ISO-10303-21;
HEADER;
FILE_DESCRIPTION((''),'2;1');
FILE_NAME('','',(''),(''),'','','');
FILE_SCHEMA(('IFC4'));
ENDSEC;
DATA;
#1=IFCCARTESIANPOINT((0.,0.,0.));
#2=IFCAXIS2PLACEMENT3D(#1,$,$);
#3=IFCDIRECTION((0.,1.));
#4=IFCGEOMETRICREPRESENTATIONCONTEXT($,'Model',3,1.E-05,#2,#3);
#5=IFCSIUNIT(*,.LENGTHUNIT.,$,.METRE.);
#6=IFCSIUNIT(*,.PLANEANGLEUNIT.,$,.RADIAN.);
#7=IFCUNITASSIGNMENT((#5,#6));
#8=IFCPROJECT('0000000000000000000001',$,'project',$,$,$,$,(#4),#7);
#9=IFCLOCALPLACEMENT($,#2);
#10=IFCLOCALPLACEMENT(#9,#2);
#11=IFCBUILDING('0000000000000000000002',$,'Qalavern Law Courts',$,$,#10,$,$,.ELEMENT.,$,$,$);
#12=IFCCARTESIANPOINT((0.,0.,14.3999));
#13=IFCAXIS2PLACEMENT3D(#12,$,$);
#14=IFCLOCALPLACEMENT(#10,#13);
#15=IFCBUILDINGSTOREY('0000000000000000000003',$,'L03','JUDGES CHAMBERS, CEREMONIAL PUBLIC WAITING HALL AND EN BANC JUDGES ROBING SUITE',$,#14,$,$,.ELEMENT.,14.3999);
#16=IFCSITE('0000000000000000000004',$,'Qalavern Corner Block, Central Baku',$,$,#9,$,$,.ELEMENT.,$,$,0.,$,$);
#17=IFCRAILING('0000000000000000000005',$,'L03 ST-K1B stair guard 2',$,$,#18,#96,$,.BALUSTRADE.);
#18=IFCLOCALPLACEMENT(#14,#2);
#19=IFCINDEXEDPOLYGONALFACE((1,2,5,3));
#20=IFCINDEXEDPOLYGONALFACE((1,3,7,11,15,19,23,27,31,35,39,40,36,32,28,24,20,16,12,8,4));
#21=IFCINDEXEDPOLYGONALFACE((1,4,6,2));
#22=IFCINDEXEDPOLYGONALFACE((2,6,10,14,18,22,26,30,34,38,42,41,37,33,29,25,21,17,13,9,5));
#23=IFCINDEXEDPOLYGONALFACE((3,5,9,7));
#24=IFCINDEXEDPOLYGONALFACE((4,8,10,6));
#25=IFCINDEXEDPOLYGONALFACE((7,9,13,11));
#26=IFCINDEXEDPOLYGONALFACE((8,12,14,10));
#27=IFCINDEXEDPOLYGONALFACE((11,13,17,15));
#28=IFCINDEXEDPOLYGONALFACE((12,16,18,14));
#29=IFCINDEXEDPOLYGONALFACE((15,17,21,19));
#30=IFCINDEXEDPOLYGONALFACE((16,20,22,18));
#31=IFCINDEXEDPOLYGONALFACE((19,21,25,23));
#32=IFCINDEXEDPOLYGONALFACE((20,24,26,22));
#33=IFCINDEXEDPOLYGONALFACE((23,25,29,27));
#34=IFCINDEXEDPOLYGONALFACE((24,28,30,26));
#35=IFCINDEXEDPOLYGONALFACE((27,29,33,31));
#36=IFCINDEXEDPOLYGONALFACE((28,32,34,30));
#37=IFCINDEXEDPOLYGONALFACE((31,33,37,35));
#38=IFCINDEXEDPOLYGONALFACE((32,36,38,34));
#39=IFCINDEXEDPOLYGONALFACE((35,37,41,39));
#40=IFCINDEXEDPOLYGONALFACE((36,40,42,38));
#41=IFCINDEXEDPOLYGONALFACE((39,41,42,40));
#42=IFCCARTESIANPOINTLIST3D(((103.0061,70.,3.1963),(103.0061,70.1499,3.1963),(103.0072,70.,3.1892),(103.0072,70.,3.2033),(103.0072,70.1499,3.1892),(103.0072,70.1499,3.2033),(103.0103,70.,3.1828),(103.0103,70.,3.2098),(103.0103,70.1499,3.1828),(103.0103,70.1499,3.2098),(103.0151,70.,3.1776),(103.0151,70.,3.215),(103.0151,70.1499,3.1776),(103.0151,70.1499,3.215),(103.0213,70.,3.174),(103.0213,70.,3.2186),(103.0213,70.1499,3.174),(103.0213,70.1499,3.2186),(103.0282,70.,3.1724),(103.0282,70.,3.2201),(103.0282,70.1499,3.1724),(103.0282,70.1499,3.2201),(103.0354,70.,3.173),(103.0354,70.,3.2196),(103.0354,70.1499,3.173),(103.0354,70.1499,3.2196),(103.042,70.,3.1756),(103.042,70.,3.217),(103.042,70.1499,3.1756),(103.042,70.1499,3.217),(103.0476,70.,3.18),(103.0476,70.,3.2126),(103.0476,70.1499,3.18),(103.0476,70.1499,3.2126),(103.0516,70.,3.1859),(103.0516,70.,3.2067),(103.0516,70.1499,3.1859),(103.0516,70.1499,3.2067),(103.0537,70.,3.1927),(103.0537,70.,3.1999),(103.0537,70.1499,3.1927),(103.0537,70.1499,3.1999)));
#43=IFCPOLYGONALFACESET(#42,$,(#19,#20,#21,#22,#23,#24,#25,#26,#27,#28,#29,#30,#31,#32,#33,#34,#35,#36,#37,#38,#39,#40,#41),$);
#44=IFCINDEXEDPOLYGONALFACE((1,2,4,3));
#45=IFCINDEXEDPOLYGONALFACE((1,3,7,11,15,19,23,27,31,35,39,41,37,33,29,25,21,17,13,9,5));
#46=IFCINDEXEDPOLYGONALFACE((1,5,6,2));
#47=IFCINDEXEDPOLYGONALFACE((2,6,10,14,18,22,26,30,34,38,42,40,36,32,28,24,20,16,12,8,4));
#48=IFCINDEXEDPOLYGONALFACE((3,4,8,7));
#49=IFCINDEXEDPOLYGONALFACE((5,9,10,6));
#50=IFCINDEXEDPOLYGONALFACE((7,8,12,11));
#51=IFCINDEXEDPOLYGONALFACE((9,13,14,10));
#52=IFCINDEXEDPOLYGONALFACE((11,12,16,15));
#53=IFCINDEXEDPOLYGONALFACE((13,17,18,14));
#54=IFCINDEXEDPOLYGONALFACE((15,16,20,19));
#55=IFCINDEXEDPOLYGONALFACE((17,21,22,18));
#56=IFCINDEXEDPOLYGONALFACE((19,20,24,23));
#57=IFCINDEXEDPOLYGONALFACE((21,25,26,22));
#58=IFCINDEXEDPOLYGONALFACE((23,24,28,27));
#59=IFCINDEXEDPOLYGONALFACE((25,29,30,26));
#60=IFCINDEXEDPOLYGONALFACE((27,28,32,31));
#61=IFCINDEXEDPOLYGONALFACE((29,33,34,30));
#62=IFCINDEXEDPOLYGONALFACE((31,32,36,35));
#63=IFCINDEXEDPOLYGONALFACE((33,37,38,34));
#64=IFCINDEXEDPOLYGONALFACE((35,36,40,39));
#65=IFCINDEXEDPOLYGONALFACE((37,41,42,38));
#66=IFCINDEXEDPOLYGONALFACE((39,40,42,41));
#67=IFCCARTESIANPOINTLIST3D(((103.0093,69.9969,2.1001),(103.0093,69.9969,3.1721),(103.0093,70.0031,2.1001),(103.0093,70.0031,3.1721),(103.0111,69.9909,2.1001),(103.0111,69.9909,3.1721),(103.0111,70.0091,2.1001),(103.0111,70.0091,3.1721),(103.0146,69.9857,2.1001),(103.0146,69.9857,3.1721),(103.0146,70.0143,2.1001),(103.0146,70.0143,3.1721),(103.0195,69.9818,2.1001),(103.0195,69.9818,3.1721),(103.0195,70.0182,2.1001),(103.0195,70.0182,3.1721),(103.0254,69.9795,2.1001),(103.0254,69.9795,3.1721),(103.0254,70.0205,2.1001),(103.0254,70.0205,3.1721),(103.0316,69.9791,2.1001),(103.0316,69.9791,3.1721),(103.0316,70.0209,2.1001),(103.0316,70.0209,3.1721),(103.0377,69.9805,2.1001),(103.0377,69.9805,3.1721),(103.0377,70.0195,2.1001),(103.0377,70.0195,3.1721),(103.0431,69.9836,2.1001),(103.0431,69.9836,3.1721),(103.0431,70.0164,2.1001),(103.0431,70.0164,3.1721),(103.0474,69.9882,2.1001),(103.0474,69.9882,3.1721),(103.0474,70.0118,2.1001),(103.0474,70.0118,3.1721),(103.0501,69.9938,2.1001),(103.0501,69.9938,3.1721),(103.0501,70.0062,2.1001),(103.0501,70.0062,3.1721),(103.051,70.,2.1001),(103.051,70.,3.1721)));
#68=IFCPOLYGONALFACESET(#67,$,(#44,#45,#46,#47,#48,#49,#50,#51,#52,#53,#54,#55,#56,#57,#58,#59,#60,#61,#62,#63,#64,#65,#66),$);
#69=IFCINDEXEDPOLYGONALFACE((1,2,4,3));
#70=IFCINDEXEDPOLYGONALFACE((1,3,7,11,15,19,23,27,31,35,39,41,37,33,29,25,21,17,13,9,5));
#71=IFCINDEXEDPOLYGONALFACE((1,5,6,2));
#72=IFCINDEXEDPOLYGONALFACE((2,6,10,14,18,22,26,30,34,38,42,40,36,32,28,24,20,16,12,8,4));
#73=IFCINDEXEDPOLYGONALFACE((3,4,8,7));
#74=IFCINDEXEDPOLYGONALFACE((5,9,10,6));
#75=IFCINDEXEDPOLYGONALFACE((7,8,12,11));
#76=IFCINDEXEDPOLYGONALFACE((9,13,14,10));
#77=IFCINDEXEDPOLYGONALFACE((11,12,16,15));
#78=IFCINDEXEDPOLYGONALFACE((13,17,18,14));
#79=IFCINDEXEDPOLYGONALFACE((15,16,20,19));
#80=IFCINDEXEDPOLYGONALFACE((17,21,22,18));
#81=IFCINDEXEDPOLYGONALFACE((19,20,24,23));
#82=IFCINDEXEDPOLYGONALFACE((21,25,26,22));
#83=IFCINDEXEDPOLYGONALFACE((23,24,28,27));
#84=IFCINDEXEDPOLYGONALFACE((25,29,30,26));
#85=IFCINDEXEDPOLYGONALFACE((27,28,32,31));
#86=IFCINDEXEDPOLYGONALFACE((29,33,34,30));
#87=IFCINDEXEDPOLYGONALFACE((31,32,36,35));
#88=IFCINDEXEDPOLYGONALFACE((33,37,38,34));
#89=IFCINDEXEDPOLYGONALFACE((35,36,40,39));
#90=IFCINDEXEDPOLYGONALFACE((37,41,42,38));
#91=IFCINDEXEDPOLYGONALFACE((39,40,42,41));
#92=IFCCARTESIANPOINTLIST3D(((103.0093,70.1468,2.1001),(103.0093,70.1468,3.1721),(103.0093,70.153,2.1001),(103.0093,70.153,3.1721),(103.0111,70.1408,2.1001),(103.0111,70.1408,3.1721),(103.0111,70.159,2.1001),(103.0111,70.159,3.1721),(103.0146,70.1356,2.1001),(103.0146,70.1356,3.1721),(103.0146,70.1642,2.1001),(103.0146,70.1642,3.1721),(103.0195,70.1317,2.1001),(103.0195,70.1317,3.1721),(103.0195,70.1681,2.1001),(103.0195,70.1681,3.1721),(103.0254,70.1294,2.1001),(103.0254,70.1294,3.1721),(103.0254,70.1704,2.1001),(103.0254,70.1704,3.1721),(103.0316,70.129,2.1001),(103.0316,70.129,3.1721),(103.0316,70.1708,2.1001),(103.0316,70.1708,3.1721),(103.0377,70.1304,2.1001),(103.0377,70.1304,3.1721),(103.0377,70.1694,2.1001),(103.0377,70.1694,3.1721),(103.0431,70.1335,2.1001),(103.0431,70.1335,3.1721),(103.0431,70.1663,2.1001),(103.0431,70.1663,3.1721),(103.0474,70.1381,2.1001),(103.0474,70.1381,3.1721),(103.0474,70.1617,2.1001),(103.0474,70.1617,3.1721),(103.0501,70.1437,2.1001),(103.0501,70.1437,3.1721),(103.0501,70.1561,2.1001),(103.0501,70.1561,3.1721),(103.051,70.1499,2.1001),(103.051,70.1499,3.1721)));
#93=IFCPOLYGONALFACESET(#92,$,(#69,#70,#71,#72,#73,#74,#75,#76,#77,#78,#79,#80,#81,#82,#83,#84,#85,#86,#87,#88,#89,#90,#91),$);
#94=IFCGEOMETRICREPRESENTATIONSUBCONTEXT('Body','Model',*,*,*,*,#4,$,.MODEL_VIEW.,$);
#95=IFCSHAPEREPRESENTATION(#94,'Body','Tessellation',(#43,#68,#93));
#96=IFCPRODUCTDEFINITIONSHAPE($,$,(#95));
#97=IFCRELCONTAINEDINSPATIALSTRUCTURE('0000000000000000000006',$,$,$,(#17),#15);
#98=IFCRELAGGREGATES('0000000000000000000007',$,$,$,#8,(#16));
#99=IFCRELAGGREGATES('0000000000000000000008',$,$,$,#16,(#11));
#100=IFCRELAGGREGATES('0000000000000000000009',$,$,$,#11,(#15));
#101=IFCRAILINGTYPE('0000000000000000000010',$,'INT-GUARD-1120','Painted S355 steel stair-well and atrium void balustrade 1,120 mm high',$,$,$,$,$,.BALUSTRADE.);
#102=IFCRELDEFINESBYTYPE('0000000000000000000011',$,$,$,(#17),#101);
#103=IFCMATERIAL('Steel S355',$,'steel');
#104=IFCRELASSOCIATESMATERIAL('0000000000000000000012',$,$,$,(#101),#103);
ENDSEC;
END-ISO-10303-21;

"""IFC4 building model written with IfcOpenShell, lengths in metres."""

from ifc_helpers import new_model, si_unit, direction, frame, origin, origin_2d, place, context, subcontext, project, spatial, circle, extrude, material, type_object, element, save


model = new_model("IFC4")

# Units and contexts
model_context = context("Model", 3, precision=1e-05, world=origin(), true_north=direction((0.0, 1.0)))
body_context = subcontext(model_context, "Body", "Model", "MODEL_VIEW")
ifc_project = project(units=[si_unit("LENGTHUNIT", "METRE"), si_unit("PLANEANGLEUNIT", "RADIAN")], contexts=[model_context])

# Site, building, storey
site_placement = place(None, origin())
site = spatial("IfcSite", under=ifc_project, at=site_placement, Name="Qalavern Corner Block, Central Baku", CompositionType="ELEMENT", RefElevation=0.0)
building_placement = place(site_placement, origin())
building = spatial("IfcBuilding", under=site, at=building_placement, Name="Qalavern Law Courts", CompositionType="ELEMENT")
storey_placement = place(building_placement, frame((0.0, 0.0, 14.3999)))
storey = spatial("IfcBuildingStorey", under=building, at=storey_placement, Name="L03", Description="JUDGES CHAMBERS, CEREMONIAL PUBLIC WAITING HALL AND EN BANC JUDGES ROBING SUITE", CompositionType="ELEMENT", Elevation=14.3999)

# Shared definitions
ifc_material_1 = material(Name="Steel S355", Category="steel")

# Railing
railing_type_1 = type_object("IfcRailingType", Name="INT-GUARD-1120", Description="Painted S355 steel stair-well and atrium void balustrade 1,120 mm high", PredefinedType="BALUSTRADE", material=ifc_material_1)
railing_1_placement = place(storey_placement, frame((103.03, 70.0, 2.1001)))
element("IfcRailing", 1, at=railing_1_placement, inside=storey, type_object=railing_type_1, Name="L03 ST-K1B stair guard 2", PredefinedType="BALUSTRADE", context=body_context, shape_type="SweptSolid", body=[
    extrude(circle(Radius=0.0239, at=origin_2d()), frame((0.0, 0.0, 1.0962), z_axis=(0.0, 1.0, 0.0), x_axis=(-1.0, 0.0, 0.0)), (0.0, 0.0, 1.0), 0.1499),
    extrude(circle(Radius=0.021, at=origin_2d()), origin(), (0.0, 0.0, 1.0), 1.072),
    extrude(circle(Radius=0.021, at=origin_2d()), frame((0.0, 0.1499, 0.0)), (0.0, 0.0, 1.0), 1.072),
])

save(model, "model.ifc")
